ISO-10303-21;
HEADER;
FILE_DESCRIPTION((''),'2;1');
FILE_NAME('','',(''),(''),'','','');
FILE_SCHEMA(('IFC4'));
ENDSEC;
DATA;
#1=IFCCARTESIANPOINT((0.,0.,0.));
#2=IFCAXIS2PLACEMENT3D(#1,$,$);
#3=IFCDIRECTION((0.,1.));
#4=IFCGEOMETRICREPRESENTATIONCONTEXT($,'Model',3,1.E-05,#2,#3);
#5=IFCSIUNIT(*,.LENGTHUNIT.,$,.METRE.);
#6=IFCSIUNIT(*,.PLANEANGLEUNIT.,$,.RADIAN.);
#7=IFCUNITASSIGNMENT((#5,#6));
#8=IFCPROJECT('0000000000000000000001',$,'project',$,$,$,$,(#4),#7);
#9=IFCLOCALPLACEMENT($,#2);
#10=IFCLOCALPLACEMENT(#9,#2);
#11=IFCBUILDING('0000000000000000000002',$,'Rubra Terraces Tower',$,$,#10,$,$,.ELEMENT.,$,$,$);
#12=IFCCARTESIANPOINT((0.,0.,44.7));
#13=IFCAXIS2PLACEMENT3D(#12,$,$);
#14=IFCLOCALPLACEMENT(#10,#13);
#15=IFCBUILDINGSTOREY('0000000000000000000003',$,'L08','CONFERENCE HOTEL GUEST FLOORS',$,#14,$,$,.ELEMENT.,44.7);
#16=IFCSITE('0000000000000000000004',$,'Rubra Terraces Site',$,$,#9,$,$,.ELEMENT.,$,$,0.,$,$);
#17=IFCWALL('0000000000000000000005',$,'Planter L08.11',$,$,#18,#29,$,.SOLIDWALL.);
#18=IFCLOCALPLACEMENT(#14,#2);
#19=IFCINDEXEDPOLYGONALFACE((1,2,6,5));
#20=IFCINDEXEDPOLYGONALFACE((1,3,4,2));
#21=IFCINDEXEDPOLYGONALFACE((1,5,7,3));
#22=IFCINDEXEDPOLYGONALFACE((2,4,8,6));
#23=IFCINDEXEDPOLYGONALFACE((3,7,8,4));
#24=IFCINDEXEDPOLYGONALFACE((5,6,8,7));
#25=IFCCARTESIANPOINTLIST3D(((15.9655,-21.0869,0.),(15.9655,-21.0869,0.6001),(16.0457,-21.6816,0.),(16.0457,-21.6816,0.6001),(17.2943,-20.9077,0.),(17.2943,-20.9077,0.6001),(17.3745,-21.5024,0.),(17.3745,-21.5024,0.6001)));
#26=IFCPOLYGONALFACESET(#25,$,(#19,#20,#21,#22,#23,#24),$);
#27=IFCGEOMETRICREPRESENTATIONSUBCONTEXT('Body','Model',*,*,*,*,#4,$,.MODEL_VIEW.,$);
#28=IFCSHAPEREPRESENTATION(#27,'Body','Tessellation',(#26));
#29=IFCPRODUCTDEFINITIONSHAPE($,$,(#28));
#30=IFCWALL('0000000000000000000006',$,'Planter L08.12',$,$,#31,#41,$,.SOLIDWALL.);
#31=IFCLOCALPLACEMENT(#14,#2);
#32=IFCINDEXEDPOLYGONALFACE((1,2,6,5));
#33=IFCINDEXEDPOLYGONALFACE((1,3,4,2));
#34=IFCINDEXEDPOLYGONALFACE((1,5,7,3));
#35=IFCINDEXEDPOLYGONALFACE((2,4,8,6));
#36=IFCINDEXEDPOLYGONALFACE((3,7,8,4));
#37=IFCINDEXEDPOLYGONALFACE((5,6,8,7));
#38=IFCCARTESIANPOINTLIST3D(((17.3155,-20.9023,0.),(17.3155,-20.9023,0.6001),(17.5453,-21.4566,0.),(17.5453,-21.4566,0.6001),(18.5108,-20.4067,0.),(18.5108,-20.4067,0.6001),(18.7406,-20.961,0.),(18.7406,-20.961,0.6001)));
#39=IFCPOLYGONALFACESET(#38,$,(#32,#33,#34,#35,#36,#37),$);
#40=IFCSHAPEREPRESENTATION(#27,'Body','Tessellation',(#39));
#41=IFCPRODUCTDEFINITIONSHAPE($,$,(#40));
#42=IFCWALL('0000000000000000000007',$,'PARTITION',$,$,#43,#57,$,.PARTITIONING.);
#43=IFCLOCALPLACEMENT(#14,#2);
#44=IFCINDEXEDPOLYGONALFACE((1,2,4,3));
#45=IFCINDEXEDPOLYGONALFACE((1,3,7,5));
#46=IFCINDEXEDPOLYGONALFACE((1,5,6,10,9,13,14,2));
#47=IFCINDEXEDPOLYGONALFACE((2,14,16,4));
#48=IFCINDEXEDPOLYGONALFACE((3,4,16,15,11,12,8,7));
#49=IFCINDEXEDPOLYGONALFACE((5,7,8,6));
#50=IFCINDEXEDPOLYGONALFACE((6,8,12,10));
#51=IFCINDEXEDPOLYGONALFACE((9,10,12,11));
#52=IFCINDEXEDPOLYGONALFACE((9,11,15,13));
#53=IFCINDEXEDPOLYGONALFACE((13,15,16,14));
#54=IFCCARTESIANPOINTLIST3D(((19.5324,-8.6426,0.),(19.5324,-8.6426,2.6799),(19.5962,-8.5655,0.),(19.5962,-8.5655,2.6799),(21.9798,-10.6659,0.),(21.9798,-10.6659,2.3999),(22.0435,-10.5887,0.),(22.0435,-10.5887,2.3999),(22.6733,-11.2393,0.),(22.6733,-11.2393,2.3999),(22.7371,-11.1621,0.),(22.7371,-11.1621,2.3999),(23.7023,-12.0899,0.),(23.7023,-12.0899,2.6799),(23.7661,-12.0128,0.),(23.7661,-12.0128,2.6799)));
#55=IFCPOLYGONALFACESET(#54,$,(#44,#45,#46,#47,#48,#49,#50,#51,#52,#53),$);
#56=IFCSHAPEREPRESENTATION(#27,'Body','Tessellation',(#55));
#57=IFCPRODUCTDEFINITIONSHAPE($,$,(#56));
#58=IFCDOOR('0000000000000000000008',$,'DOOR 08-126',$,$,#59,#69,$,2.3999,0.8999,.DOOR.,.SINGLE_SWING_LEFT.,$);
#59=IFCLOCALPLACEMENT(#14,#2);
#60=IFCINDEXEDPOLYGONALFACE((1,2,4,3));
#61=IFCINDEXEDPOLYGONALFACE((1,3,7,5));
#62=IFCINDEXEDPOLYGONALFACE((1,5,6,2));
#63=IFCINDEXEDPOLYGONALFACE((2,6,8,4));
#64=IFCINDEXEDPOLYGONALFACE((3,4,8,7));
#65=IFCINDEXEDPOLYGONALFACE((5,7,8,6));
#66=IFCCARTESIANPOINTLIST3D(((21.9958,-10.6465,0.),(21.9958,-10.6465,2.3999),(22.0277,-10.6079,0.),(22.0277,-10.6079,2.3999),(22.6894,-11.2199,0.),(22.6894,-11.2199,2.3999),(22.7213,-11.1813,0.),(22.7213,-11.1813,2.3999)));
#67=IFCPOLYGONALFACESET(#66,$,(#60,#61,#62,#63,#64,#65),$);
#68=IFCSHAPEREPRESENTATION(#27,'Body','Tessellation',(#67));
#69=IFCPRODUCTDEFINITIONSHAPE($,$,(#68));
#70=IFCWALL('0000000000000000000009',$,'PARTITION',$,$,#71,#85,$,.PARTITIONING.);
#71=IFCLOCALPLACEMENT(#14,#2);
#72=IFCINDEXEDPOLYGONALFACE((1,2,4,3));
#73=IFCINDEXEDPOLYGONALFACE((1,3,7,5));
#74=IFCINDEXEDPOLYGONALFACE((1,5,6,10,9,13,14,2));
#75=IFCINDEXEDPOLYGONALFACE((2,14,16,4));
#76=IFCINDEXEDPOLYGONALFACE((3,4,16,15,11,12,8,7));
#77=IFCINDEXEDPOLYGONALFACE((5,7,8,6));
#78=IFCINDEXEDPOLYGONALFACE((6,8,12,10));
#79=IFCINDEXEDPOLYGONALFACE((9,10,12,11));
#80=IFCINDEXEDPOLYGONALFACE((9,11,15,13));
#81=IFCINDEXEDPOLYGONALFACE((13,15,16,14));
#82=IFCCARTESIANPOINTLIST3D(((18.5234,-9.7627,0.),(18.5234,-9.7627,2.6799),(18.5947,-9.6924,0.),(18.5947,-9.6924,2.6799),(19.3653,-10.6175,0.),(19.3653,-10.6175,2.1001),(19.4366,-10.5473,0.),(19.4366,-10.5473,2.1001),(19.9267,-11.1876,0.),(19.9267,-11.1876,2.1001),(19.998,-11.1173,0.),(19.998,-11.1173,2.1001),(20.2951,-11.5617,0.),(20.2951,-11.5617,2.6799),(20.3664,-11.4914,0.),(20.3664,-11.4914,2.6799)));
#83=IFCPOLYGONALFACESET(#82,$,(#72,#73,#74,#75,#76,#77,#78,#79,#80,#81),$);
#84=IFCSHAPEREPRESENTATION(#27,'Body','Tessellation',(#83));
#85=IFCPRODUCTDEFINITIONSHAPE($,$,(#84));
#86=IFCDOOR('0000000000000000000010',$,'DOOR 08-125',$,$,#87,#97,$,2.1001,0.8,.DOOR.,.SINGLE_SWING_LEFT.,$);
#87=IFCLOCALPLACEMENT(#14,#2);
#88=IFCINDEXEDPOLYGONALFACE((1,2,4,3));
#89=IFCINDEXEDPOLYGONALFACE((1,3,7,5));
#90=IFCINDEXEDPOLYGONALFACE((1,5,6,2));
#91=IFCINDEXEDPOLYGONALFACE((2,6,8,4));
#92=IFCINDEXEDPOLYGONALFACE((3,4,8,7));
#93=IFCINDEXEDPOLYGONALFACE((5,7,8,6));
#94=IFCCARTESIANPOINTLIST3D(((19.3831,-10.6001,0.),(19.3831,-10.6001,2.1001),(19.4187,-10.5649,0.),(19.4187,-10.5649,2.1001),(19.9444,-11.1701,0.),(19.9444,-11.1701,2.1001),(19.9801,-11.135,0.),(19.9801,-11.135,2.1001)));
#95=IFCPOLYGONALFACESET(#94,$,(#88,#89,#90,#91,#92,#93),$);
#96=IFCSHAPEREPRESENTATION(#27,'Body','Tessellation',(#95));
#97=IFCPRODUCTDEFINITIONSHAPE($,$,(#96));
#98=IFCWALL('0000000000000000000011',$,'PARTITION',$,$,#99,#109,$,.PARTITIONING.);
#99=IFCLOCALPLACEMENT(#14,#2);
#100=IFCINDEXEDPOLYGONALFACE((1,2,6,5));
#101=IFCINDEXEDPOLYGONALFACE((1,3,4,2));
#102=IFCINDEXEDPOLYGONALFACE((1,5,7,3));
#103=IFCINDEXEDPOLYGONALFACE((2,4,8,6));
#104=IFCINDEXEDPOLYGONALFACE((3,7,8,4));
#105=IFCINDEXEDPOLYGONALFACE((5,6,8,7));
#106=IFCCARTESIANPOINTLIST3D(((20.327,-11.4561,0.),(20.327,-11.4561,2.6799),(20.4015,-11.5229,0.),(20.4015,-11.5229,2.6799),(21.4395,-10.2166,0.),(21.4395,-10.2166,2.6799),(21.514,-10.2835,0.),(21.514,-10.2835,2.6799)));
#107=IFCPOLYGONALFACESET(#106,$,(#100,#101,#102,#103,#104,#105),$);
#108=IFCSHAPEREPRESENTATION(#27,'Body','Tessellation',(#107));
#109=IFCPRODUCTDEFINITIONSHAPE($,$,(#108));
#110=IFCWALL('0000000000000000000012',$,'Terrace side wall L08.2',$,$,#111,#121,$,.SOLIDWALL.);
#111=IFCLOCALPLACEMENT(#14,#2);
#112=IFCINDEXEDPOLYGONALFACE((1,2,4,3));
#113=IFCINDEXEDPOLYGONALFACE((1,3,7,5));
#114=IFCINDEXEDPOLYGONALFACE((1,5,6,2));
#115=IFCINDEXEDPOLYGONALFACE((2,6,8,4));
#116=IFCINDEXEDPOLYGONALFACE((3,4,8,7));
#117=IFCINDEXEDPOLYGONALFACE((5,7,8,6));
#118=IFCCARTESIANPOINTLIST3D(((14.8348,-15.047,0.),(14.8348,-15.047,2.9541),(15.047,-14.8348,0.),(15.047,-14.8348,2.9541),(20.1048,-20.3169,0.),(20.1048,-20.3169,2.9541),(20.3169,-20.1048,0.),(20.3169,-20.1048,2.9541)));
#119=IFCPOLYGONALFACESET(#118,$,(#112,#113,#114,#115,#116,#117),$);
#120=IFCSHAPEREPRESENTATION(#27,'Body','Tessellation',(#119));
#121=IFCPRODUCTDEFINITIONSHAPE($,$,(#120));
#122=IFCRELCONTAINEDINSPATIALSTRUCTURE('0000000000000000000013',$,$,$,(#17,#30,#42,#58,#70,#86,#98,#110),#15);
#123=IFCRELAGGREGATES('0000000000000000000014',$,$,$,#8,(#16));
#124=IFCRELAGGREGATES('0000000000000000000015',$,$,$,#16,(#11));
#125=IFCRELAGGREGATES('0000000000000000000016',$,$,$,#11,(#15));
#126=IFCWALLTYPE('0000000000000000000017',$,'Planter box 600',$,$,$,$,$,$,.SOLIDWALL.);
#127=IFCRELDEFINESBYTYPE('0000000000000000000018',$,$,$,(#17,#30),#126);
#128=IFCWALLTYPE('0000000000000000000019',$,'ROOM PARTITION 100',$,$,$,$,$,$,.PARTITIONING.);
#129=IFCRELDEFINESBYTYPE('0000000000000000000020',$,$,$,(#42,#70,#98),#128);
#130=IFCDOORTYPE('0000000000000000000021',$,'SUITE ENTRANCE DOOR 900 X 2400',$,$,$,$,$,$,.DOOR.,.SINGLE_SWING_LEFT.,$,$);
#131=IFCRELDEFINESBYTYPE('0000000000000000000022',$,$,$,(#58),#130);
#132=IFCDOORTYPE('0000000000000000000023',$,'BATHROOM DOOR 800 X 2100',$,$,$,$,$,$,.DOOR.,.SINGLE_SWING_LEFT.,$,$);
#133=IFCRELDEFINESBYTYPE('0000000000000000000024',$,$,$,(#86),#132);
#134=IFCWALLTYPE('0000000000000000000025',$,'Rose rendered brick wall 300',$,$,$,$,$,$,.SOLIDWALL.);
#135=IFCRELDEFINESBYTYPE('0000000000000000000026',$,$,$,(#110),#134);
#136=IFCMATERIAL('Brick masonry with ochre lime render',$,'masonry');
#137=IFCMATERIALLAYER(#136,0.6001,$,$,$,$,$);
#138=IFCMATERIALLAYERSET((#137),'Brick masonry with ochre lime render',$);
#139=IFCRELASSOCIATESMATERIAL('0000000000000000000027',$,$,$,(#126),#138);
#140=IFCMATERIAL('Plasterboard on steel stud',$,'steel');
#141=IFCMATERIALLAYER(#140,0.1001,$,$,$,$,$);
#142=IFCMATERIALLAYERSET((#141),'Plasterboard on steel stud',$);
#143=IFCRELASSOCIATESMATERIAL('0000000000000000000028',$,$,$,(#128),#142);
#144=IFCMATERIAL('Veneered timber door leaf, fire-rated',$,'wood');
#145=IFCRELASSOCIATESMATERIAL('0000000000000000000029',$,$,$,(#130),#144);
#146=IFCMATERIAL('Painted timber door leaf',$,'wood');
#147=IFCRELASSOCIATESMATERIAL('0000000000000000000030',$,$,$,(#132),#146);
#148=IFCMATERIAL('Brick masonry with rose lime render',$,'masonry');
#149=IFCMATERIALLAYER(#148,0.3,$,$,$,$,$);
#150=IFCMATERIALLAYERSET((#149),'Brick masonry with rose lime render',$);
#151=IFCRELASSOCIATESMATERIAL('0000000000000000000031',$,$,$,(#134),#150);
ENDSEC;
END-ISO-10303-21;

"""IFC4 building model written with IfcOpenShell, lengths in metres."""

from ifc_helpers import new_model, si_unit, direction, frame, frame_2d, origin, place, context, subcontext, project, spatial, rectangle, extrude, material, layer, layer_set, type_object, element, fill, save


model = new_model("IFC4")

# Units and contexts
model_context = context("Model", 3, precision=1e-05, world=origin(), true_north=direction((0.0, 1.0)))
body_context = subcontext(model_context, "Body", "Model", "MODEL_VIEW")
ifc_project = project(units=[si_unit("LENGTHUNIT", "METRE"), si_unit("PLANEANGLEUNIT", "RADIAN")], contexts=[model_context])

# Site, building, storey
site_placement = place(None, origin())
site = spatial("IfcSite", under=ifc_project, at=site_placement, Name="Rubra Terraces Site", CompositionType="ELEMENT", RefElevation=0.0)
building_placement = place(site_placement, origin())
building = spatial("IfcBuilding", under=site, at=building_placement, Name="Rubra Terraces Tower", CompositionType="ELEMENT")
storey_placement = place(building_placement, frame((0.0, 0.0, 44.7)))
storey = spatial("IfcBuildingStorey", under=building, at=storey_placement, Name="L08", Description="CONFERENCE HOTEL GUEST FLOORS", CompositionType="ELEMENT", Elevation=44.7)

# Walls
ifc_material_1 = material(Name="Brick masonry with ochre lime render", Category="masonry")
ifc_layer_1 = layer(ifc_material_1, 0.6001)
ifc_layer_set_1 = layer_set([ifc_layer_1], Name="Brick masonry with ochre lime render")
wall_type_1 = type_object("IfcWallType", Name="Planter box 600", PredefinedType="SOLIDWALL", material=ifc_layer_set_1)
wall_1_placement = place(storey_placement, frame((16.0056, -21.3843, 0.0), z_axis=(0.0, 0.0, 1.0), x_axis=(0.99103, 0.133642, 0.0)))
element("IfcWall", 1, at=wall_1_placement, inside=storey, type_object=wall_type_1, Name="Planter L08.11", PredefinedType="SOLIDWALL", context=body_context, shape_type="SweptSolid", body=[
    extrude(rectangle(XDim=1.3408, YDim=0.6001, at=frame_2d((0.6704, 0.0))), origin(), (0.0, 0.0, 1.0), 0.6001),
])
wall_2_placement = place(storey_placement, frame((17.4304, -21.1794, 0.0), z_axis=(0.0, 0.0, 1.0), x_axis=(0.923745, 0.383007, 0.0)))
element("IfcWall", 2, at=wall_2_placement, inside=storey, type_object=wall_type_1, Name="Planter L08.12", PredefinedType="SOLIDWALL", context=body_context, shape_type="SweptSolid", body=[
    extrude(rectangle(XDim=1.2939, YDim=0.6001, at=frame_2d((0.647, 0.0))), origin(), (0.0, 0.0, 1.0), 0.6001),
])

# Walls, openings, doors
ifc_material_2 = material(Name="Plasterboard on steel stud", Category="steel")
ifc_layer_2 = layer(ifc_material_2, 0.1001)
ifc_layer_set_2 = layer_set([ifc_layer_2], Name="Plasterboard on steel stud")
wall_type_2 = type_object("IfcWallType", Name="ROOM PARTITION 100", PredefinedType="PARTITIONING", material=ifc_layer_set_2)
wall_3_placement = place(storey_placement, frame((23.7341, -12.0513, 0.0), z_axis=(0.0, 0.0, 1.0), x_axis=(-0.77073, 0.637161, 0.0)))
wall_3 = element("IfcWall", 3, at=wall_3_placement, inside=storey, type_object=wall_type_2, Name="PARTITION", PredefinedType="PARTITIONING", context=body_context, shape_type="SweptSolid", body=[
    extrude(rectangle(XDim=5.4104, YDim=0.1001, at=frame_2d((2.7051, 0.0))), origin(), (0.0, 0.0, 1.0), 2.6799),
])
opening_1_placement = place(wall_3_placement, frame((1.335, 0.0, 0.0)))
opening_1 = element("IfcOpeningElement", 4, at=opening_1_placement, cuts=wall_3, PredefinedType="OPENING", context=body_context, shape_type="SweptSolid", body=[
    extrude(rectangle(XDim=0.8999, YDim=2.3999, at=frame_2d((0.45, 1.2))), frame((0.0, 0.0601, 0.0), z_axis=(0.0, -1.0, 0.0), x_axis=(1.0, 0.0, 0.0)), (0.0, 0.0, 1.0), 0.1201),
])
ifc_material_3 = material(Name="Veneered timber door leaf, fire-rated", Category="wood")
door_type_1 = type_object("IfcDoorType", Name="SUITE ENTRANCE DOOR 900 X 2400", OperationType="SINGLE_SWING_LEFT", PredefinedType="DOOR", material=ifc_material_3)
door_1_placement = place(opening_1_placement, origin())
door_1 = element("IfcDoor", 5, at=door_1_placement, inside=storey, type_object=door_type_1, Name="DOOR 08-126", OperationType="SINGLE_SWING_LEFT", OverallHeight=2.3999, OverallWidth=0.8999, PredefinedType="DOOR", context=body_context, shape_type="SweptSolid", body=[
    extrude(rectangle(XDim=0.8999, YDim=2.3999, at=frame_2d((0.45, 1.2))), frame((0.0, 0.0249, 0.0), z_axis=(0.0, -1.0, 0.0), x_axis=(1.0, 0.0, 0.0)), (0.0, 0.0, 1.0), 0.05),
])
fill(opening_1, door_1)
wall_4_placement = place(storey_placement, frame((18.5591, -9.7275, 0.0), z_axis=(0.0, 0.0, 1.0), x_axis=(0.701671, -0.712501, 0.0)))
wall_4 = element("IfcWall", 6, at=wall_4_placement, inside=storey, type_object=wall_type_2, Name="PARTITION", PredefinedType="PARTITIONING", context=body_context, shape_type="SweptSolid", body=[
    extrude(rectangle(XDim=2.5249, YDim=0.1001, at=frame_2d((1.2625, 0.0))), origin(), (0.0, 0.0, 1.0), 2.6799),
])
opening_2_placement = place(wall_4_placement, frame((1.2, 0.0, 0.0)))
opening_2 = element("IfcOpeningElement", 7, at=opening_2_placement, cuts=wall_4, PredefinedType="OPENING", context=body_context, shape_type="SweptSolid", body=[
    extrude(rectangle(XDim=0.8, YDim=2.1001, at=frame_2d((0.3999, 1.05))), frame((0.0, 0.0601, 0.0), z_axis=(0.0, -1.0, 0.0), x_axis=(1.0, 0.0, 0.0)), (0.0, 0.0, 1.0), 0.1201),
])
ifc_material_4 = material(Name="Painted timber door leaf", Category="wood")
door_type_2 = type_object("IfcDoorType", Name="BATHROOM DOOR 800 X 2100", OperationType="SINGLE_SWING_LEFT", PredefinedType="DOOR", material=ifc_material_4)
door_2_placement = place(opening_2_placement, origin())
door_2 = element("IfcDoor", 8, at=door_2_placement, inside=storey, type_object=door_type_2, Name="DOOR 08-125", OperationType="SINGLE_SWING_LEFT", OverallHeight=2.1001, OverallWidth=0.8, PredefinedType="DOOR", context=body_context, shape_type="SweptSolid", body=[
    extrude(rectangle(XDim=0.8, YDim=2.1001, at=frame_2d((0.3999, 1.05))), frame((0.0, 0.0249, 0.0), z_axis=(0.0, -1.0, 0.0), x_axis=(1.0, 0.0, 0.0)), (0.0, 0.0, 1.0), 0.05),
])
fill(opening_2, door_2)

# Walls
wall_5_placement = place(storey_placement, frame((20.3643, -11.4895, 0.0), z_axis=(0.0, 0.0, 1.0), x_axis=(0.667968, 0.74419, 0.0)))
element("IfcWall", 9, at=wall_5_placement, inside=storey, type_object=wall_type_2, Name="PARTITION", PredefinedType="PARTITIONING", context=body_context, shape_type="SweptSolid", body=[
    extrude(rectangle(XDim=1.6655, YDim=0.1001, at=frame_2d((0.8328, 0.0))), origin(), (0.0, 0.0, 1.0), 2.6799),
])
ifc_material_5 = material(Name="Brick masonry with rose lime render", Category="masonry")
ifc_layer_3 = layer(ifc_material_5, 0.3)
ifc_layer_set_3 = layer_set([ifc_layer_3], Name="Brick masonry with rose lime render")
wall_type_3 = type_object("IfcWallType", Name="Rose rendered brick wall 300", PredefinedType="SOLIDWALL", material=ifc_layer_set_3)
wall_6_placement = place(storey_placement, frame((20.2109, -20.2109, 0.0), z_axis=(0.0, 0.0, 1.0), x_axis=(-0.707107, 0.707107, 0.0)))
element("IfcWall", 10, at=wall_6_placement, inside=storey, type_object=wall_type_3, Name="Terrace side wall L08.2", PredefinedType="SOLIDWALL", context=body_context, shape_type="SweptSolid", body=[
    extrude(rectangle(XDim=7.4529, YDim=0.3, at=frame_2d((3.7266, 0.0))), origin(), (0.0, 0.0, 1.0), 2.9541),
])

save(model, "model.ifc")
